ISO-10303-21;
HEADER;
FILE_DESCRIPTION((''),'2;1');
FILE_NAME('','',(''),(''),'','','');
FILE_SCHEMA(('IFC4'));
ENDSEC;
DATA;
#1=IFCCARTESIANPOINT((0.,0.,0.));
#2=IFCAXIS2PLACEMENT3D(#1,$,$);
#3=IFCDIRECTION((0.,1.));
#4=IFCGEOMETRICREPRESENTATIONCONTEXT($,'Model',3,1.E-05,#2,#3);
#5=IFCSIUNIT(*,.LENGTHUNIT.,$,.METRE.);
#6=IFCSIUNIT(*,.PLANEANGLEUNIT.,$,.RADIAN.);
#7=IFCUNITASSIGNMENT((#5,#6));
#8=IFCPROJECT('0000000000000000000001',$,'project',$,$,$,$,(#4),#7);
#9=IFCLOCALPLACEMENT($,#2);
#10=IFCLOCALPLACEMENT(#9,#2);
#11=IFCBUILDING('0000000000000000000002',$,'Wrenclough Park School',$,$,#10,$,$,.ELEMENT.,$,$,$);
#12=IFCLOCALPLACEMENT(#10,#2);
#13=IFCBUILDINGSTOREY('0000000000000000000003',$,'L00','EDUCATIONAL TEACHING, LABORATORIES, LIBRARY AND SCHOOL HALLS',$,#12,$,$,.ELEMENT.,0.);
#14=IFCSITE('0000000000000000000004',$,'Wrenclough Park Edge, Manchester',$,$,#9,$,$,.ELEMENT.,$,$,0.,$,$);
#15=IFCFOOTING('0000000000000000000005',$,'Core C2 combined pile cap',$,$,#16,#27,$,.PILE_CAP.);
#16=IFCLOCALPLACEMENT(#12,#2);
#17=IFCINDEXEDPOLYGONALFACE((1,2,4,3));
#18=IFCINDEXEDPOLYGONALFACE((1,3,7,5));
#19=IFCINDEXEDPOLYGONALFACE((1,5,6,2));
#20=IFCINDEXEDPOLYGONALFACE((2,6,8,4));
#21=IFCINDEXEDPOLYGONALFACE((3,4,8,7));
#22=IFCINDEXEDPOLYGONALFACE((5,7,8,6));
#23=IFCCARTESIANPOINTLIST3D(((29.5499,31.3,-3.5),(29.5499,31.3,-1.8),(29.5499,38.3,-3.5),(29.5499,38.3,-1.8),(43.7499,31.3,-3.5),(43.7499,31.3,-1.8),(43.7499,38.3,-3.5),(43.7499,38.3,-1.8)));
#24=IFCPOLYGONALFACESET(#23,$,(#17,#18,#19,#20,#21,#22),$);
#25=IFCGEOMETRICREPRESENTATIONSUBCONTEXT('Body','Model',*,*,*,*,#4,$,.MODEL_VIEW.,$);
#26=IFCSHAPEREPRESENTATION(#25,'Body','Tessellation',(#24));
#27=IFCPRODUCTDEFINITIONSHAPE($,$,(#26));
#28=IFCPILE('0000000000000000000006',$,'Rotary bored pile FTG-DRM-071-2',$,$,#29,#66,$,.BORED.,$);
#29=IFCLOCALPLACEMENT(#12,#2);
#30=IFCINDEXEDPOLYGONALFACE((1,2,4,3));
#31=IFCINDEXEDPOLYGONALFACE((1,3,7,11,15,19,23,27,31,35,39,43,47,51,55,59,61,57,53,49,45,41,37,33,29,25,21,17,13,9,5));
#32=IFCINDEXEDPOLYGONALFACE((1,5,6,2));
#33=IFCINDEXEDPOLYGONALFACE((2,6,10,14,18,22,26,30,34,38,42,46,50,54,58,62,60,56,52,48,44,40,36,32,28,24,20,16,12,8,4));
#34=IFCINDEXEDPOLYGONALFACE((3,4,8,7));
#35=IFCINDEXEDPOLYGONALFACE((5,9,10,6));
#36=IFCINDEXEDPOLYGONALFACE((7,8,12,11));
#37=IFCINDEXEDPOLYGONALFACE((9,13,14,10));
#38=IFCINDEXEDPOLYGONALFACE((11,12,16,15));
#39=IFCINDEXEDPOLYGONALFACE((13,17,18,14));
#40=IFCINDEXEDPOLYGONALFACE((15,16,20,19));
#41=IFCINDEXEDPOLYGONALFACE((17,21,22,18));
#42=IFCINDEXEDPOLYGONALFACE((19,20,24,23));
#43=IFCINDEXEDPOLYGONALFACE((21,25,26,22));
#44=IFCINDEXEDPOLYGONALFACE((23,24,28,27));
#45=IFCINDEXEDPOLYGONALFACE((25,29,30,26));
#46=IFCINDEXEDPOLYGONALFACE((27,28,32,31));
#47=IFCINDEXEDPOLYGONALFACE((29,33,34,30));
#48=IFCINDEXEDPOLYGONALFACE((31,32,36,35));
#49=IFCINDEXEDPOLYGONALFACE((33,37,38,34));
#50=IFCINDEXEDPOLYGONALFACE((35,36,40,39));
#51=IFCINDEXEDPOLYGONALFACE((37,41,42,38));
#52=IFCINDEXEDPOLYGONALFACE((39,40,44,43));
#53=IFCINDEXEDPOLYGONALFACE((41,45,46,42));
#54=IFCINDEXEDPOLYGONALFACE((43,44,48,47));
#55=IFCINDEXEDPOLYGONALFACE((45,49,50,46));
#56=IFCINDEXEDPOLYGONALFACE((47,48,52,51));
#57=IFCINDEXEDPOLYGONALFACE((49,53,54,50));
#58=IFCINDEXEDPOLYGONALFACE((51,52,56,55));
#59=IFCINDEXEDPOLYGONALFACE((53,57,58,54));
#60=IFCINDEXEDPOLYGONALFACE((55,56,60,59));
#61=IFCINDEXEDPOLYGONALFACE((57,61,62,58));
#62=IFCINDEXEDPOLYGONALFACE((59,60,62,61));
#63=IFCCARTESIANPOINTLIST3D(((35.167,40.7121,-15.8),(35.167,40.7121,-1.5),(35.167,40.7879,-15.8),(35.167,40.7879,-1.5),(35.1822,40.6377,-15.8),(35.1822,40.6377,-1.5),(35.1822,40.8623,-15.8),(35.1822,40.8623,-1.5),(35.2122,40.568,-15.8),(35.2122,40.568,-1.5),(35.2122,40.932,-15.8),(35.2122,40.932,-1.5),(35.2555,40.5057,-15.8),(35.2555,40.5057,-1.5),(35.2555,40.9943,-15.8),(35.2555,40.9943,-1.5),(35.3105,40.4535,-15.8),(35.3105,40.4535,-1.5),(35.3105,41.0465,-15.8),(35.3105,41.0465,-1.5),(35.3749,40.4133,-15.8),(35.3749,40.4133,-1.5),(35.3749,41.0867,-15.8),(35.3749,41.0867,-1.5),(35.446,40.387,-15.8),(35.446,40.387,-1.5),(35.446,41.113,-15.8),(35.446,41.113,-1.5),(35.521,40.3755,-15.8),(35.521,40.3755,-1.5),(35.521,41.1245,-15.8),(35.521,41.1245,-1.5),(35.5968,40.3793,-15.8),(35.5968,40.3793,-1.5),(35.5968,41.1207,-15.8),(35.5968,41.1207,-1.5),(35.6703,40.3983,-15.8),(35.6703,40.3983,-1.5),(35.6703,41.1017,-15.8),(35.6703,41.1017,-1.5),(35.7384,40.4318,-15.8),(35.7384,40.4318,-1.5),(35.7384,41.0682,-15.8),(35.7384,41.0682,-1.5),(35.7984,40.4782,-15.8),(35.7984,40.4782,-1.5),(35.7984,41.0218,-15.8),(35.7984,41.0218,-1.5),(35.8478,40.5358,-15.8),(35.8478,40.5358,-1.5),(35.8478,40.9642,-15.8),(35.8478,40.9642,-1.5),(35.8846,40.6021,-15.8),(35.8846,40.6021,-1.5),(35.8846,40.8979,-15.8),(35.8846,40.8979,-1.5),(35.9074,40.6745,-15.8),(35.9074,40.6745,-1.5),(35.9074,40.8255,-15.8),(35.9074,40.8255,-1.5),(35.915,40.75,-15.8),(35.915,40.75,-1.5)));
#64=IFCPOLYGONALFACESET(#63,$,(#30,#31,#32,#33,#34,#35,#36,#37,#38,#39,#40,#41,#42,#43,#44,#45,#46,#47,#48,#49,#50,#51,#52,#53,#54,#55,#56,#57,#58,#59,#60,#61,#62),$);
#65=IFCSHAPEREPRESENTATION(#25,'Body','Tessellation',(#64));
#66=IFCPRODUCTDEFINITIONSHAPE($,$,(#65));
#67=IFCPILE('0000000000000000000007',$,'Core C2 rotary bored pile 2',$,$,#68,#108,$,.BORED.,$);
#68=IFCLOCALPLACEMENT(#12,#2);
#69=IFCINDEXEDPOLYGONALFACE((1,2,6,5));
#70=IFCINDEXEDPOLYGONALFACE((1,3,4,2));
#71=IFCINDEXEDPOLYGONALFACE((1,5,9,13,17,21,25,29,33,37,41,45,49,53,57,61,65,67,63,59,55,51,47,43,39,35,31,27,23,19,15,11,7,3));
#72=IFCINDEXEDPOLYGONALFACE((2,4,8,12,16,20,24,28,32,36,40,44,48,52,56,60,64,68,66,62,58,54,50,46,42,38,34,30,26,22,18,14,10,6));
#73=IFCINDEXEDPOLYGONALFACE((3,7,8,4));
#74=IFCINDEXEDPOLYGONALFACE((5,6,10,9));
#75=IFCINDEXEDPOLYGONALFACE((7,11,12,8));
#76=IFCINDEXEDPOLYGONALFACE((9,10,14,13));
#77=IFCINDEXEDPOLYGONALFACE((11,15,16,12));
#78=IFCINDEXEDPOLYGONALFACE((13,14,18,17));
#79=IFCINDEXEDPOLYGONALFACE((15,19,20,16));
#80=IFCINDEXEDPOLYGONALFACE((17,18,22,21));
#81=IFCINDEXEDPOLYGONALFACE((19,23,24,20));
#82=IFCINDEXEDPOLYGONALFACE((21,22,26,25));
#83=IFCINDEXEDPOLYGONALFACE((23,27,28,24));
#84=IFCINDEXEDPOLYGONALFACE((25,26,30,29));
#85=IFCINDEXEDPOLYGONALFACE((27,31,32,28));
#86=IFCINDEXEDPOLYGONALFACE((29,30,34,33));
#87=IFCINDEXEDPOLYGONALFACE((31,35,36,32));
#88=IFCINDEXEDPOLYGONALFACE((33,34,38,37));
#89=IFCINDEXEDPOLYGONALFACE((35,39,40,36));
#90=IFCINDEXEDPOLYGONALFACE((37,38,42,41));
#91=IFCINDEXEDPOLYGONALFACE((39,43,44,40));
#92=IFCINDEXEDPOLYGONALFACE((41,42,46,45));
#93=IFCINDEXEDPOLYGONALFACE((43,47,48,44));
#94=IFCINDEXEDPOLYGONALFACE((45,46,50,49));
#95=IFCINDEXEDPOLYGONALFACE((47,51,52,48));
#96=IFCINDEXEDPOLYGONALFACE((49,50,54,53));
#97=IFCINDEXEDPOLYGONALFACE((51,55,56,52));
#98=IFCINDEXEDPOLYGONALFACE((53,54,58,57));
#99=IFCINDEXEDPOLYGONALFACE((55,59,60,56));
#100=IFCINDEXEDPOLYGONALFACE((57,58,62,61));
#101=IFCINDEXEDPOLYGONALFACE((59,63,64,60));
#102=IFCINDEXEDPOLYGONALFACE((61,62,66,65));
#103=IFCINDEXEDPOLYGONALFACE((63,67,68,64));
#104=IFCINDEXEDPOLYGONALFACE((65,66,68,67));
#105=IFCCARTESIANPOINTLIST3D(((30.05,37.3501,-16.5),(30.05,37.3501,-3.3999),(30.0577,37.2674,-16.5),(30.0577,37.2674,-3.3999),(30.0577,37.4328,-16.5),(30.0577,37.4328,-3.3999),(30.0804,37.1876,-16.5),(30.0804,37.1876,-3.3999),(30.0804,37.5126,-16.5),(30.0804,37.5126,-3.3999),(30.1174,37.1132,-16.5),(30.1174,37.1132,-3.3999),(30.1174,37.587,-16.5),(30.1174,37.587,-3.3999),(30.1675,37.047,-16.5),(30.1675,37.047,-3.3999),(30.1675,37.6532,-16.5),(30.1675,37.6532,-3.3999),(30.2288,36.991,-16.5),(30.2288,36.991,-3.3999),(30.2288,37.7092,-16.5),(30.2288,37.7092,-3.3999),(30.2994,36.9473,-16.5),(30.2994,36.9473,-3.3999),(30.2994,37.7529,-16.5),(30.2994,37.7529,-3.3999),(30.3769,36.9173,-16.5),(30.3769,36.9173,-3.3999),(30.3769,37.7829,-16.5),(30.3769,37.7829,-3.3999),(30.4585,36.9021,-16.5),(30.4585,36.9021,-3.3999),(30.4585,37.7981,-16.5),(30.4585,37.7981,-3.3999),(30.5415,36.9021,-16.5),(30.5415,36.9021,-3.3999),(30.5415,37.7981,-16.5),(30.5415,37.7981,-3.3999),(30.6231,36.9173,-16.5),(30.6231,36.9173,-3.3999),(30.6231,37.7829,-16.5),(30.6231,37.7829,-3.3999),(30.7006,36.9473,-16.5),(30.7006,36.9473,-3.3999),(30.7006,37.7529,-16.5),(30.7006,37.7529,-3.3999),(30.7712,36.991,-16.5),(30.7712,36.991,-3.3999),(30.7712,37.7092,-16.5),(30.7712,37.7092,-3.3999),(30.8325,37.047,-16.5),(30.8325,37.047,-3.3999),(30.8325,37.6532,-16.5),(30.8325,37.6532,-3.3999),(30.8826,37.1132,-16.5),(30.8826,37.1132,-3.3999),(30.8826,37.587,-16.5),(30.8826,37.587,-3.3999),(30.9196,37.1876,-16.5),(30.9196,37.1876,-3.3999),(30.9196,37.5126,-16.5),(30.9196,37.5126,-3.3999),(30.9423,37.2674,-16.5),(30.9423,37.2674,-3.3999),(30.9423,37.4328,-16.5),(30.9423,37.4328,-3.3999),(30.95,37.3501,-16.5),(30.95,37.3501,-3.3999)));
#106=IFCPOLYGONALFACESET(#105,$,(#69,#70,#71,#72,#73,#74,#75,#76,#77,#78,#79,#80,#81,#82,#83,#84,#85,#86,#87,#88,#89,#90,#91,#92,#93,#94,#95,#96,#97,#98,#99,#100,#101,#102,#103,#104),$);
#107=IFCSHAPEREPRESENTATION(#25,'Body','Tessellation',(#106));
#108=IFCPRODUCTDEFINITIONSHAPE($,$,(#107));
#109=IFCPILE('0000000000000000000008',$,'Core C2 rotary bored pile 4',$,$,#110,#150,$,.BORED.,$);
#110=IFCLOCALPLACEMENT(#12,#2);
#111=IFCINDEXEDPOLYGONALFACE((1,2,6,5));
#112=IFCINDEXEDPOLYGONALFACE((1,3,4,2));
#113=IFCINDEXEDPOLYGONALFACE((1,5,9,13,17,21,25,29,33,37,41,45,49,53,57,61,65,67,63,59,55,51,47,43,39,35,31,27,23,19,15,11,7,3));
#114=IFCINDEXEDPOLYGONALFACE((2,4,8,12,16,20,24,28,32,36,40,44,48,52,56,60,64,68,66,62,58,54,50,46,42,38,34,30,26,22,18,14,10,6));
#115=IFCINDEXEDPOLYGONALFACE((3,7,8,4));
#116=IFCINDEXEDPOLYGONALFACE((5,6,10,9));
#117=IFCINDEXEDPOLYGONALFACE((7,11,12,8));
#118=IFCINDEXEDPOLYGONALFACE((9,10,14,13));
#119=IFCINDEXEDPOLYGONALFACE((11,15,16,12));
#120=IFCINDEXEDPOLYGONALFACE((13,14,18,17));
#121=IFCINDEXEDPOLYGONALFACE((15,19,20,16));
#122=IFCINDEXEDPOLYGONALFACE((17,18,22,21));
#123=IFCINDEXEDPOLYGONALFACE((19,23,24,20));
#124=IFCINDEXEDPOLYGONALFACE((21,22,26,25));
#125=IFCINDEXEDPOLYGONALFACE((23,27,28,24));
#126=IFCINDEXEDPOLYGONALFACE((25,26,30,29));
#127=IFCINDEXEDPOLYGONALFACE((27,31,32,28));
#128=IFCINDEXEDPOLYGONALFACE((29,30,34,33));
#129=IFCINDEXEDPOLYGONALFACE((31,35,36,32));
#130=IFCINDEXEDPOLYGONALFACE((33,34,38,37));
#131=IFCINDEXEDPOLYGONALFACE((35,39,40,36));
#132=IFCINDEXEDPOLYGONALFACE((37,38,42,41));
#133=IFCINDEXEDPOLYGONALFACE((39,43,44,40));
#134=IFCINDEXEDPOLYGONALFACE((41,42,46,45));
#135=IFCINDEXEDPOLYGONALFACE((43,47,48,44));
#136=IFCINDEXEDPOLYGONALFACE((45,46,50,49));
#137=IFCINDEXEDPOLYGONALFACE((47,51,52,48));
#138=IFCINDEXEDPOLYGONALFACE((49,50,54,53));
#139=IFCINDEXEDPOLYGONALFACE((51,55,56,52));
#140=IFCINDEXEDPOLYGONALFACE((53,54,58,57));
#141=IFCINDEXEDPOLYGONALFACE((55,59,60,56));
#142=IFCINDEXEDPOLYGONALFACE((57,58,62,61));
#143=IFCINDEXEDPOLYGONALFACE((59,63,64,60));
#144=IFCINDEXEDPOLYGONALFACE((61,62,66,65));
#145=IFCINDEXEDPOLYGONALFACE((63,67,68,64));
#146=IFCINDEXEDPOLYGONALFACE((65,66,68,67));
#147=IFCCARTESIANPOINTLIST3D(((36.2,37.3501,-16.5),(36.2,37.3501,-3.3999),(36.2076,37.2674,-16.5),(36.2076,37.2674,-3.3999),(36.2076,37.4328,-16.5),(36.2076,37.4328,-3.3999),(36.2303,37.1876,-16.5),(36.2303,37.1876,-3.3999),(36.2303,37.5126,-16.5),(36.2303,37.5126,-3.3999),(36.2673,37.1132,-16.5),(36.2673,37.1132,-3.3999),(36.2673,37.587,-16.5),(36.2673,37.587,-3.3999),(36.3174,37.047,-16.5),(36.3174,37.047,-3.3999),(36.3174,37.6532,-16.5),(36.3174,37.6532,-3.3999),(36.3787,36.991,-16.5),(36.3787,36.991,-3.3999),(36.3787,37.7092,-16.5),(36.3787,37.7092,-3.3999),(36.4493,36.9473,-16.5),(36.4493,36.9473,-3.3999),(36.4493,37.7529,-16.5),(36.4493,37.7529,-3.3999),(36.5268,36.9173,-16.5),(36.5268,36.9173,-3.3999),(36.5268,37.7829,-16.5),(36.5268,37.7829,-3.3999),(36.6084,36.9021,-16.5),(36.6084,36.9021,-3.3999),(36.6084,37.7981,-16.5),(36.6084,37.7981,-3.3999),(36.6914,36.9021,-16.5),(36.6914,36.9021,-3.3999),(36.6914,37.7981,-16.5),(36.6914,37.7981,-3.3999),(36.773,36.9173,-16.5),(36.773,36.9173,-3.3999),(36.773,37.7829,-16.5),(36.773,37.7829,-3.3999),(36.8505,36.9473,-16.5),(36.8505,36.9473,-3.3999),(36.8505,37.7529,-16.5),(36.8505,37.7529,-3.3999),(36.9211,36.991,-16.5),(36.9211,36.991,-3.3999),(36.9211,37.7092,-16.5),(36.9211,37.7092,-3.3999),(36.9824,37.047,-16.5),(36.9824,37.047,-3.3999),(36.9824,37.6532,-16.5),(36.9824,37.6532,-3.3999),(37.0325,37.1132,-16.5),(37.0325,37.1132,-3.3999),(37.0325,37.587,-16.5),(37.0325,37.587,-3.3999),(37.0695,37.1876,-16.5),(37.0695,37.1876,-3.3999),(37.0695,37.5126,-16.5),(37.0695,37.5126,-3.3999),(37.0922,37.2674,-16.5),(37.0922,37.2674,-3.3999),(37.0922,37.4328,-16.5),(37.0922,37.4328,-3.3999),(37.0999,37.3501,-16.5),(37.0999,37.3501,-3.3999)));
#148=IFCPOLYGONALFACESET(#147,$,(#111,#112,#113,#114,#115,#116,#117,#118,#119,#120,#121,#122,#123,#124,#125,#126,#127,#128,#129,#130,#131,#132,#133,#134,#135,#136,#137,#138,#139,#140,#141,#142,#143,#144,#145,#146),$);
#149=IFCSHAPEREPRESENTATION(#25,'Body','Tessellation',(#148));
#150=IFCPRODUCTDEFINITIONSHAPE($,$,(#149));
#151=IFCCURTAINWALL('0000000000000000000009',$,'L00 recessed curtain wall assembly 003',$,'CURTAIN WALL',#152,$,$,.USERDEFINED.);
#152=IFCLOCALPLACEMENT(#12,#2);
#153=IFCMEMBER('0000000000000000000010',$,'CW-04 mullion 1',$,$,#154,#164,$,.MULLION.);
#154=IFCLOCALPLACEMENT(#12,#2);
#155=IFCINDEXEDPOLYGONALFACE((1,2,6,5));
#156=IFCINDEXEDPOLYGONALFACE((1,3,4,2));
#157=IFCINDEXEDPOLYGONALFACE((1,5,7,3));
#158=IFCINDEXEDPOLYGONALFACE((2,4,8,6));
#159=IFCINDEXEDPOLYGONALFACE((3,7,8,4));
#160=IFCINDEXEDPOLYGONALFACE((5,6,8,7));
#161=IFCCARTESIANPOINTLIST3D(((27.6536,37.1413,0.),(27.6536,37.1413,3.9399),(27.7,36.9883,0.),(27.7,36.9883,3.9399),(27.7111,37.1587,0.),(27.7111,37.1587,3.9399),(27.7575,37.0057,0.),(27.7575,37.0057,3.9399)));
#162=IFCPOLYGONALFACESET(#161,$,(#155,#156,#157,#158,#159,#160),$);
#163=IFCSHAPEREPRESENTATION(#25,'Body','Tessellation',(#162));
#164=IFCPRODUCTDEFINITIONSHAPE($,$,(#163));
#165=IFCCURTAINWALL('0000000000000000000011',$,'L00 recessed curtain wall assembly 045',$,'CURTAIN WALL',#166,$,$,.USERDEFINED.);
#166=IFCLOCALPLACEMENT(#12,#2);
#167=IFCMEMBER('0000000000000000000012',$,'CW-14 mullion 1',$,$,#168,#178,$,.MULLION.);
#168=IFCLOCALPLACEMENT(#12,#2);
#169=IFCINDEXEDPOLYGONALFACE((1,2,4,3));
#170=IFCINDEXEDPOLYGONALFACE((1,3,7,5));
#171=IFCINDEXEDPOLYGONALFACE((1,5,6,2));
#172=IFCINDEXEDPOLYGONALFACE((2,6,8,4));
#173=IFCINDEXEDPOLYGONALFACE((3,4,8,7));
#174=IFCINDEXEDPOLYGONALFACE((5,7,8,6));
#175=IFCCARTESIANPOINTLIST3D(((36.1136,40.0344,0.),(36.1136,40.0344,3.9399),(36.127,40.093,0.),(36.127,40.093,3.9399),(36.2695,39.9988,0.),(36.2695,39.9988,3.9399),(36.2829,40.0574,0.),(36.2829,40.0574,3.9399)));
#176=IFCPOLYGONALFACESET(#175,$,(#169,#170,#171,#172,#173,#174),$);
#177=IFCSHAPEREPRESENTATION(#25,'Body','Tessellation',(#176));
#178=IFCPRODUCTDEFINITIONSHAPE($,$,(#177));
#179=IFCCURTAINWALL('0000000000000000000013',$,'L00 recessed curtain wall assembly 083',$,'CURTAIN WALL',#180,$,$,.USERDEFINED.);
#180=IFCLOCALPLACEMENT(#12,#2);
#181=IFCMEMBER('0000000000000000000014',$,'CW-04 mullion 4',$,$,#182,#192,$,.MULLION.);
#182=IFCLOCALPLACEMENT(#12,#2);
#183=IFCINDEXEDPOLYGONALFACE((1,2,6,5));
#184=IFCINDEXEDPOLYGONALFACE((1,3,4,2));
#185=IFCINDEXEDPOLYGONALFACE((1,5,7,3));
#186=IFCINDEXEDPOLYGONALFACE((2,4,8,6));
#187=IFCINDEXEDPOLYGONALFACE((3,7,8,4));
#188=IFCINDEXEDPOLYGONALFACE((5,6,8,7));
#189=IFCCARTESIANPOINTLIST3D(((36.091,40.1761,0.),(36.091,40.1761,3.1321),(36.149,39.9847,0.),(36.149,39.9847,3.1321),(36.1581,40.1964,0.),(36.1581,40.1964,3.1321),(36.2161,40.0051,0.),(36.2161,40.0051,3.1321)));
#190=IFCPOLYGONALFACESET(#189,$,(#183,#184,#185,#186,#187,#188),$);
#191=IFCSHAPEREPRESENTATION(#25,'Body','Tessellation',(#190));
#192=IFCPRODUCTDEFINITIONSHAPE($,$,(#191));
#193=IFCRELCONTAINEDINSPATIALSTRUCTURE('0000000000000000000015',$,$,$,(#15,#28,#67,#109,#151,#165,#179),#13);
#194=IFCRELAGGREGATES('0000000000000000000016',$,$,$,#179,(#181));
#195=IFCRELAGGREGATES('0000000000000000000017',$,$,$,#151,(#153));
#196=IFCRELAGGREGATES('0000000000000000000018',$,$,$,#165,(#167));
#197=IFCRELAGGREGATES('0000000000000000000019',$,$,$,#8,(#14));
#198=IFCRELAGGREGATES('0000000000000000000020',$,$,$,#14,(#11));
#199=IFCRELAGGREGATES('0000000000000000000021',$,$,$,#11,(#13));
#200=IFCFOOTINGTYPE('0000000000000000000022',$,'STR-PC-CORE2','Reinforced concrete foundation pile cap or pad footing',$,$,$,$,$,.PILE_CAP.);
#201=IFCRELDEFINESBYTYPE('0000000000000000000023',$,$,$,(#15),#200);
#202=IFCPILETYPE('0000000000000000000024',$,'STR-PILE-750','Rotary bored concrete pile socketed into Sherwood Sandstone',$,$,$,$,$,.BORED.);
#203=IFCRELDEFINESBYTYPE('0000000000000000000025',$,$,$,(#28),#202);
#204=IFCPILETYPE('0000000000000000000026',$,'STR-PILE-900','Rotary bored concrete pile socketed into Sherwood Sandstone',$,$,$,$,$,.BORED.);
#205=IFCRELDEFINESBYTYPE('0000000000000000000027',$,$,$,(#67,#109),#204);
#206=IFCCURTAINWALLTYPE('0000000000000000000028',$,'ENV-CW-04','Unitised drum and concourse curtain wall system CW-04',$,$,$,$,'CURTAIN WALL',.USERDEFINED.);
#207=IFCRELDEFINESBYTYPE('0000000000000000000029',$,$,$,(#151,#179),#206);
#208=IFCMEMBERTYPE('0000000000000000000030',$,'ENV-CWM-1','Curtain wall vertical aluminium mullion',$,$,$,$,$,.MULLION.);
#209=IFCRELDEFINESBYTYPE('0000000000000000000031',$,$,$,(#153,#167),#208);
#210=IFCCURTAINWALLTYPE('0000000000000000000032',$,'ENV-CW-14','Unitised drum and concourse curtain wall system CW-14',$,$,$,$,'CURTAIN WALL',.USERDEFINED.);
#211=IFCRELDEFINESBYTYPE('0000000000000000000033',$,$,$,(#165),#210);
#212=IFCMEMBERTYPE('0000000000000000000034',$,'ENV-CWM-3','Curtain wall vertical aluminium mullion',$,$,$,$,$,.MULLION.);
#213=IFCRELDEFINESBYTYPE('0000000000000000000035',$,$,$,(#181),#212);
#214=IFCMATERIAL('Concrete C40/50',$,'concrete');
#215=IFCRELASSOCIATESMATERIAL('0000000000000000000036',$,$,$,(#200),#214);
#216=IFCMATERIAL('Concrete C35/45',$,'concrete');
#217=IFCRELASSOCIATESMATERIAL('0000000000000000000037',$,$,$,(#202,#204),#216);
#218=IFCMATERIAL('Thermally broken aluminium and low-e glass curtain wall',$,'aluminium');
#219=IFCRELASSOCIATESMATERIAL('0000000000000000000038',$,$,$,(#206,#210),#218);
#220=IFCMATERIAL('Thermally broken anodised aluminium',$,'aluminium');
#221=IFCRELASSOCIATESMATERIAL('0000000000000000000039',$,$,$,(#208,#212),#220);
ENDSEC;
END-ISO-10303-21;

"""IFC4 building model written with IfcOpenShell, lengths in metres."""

from ifc_helpers import new_model, si_unit, direction, frame, origin, origin_2d, place, context, subcontext, project, spatial, rectangle, circle, extrude, material, material_profile, profile_set, type_object, element, aggregate, save


model = new_model("IFC4")

# Units and contexts
model_context = context("Model", 3, precision=1e-05, world=origin(), true_north=direction((0.0, 1.0)))
body_context = subcontext(model_context, "Body", "Model", "MODEL_VIEW")
ifc_project = project(units=[si_unit("LENGTHUNIT", "METRE"), si_unit("PLANEANGLEUNIT", "RADIAN")], contexts=[model_context])

# Site, building, storey
site_placement = place(None, origin())
site = spatial("IfcSite", under=ifc_project, at=site_placement, Name="Wrenclough Park Edge, Manchester", CompositionType="ELEMENT", RefElevation=0.0)
building_placement = place(site_placement, origin())
building = spatial("IfcBuilding", under=site, at=building_placement, Name="Wrenclough Park School", CompositionType="ELEMENT")
storey_placement = place(building_placement, origin())
storey = spatial("IfcBuildingStorey", under=building, at=storey_placement, Name="L00", Description="EDUCATIONAL TEACHING, LABORATORIES, LIBRARY AND SCHOOL HALLS", CompositionType="ELEMENT", Elevation=0.0)

# Footing
ifc_material_1 = material(Name="Concrete C40/50", Category="concrete")
footing_type = type_object("IfcFootingType", Name="STR-PC-CORE2", Description="Reinforced concrete foundation pile cap or pad footing", PredefinedType="PILE_CAP", material=ifc_material_1)
footing_placement = place(storey_placement, frame((36.6499, 34.8, -3.5), z_axis=(0.0, 0.0, 1.0), x_axis=(1.0, 0.0, 0.0)))
element("IfcFooting", 1, at=footing_placement, inside=storey, type_object=footing_type, Name="Core C2 combined pile cap", PredefinedType="PILE_CAP", context=body_context, shape_type="SweptSolid", body=[
    extrude(rectangle(XDim=14.2, YDim=7.0, at=origin_2d()), origin(), (0.0, 0.0, 1.0), 1.7),
])

# Piles
ifc_material_2 = material(Name="Concrete C35/45", Category="concrete")
ifc_material_profile_1 = material_profile(ifc_material_2, circle(Radius=0.375, at=origin_2d()), Name="BORED PILE D750")
ifc_profile_set_1 = profile_set([ifc_material_profile_1], Name="Concrete C35/45")
pile_type_1 = type_object("IfcPileType", Name="STR-PILE-750", Description="Rotary bored concrete pile socketed into Sherwood Sandstone", PredefinedType="BORED", material=ifc_profile_set_1)
pile_placement = place(storey_placement, frame((35.54, 40.75, -1.5), z_axis=(0.0, 0.0, -1.0), x_axis=(1.0, 0.0, 0.0)))
element("IfcPile", 2, at=pile_placement, inside=storey, type_object=pile_type_1, Name="Rotary bored pile FTG-DRM-071-2", PredefinedType="BORED", context=body_context, shape_type="SweptSolid", body=[
    extrude(circle(Radius=0.375, at=origin_2d()), origin(), (0.0, 0.0, 1.0), 14.3),
])
ifc_material_profile_2 = material_profile(ifc_material_2, circle(Radius=0.45, at=origin_2d()), Name="BORED PILE D900")
ifc_profile_set_2 = profile_set([ifc_material_profile_2], Name="Concrete C35/45")
pile_type_2 = type_object("IfcPileType", Name="STR-PILE-900", Description="Rotary bored concrete pile socketed into Sherwood Sandstone", PredefinedType="BORED", material=ifc_profile_set_2)
for number, where, z_axis, x_axis, name in (
    (3, (30.5, 37.3501, -3.3999), (0.0, 0.0, -1.0), (1.0, 0.0, 0.0), "Core C2 rotary bored pile 2"),
    (4, (36.6499, 37.3501, -3.3999), (0.0, 0.0, -1.0), (1.0, 0.0, 0.0), "Core C2 rotary bored pile 4"),
):
    element("IfcPile", number, at=place(storey_placement, frame(where, z_axis=z_axis, x_axis=x_axis)), inside=storey, type_object=pile_type_2, Name=name, PredefinedType="BORED", context=body_context, shape_type="SweptSolid", body=[
        extrude(circle(Radius=0.45, at=origin_2d()), origin(), (0.0, 0.0, 1.0), 13.1001),
    ])

# Curtain walls, members
ifc_material_3 = material(Name="Thermally broken aluminium and low-e glass curtain wall", Category="aluminium")
curtain_wall_type_1 = type_object("IfcCurtainWallType", Name="ENV-CW-04", Description="Unitised drum and concourse curtain wall system CW-04", ElementType="CURTAIN WALL", PredefinedType="USERDEFINED", material=ifc_material_3)
curtain_wall_1_placement = place(storey_placement, origin())
curtain_wall_1 = element("IfcCurtainWall", 5, at=curtain_wall_1_placement, inside=storey, type_object=curtain_wall_type_1, Name="L00 recessed curtain wall assembly 003", ObjectType="CURTAIN WALL", PredefinedType="USERDEFINED")
ifc_material_4 = material(Name="Thermally broken anodised aluminium", Category="aluminium")
ifc_material_profile_3 = material_profile(ifc_material_4, rectangle(XDim=0.0601, YDim=0.1599, at=origin_2d()), Name="AL MULLION 60x160")
ifc_profile_set_3 = profile_set([ifc_material_profile_3], Name="Thermally broken anodised aluminium")
member_type_1 = type_object("IfcMemberType", Name="ENV-CWM-1", Description="Curtain wall vertical aluminium mullion", PredefinedType="MULLION", material=ifc_profile_set_3)
member_1_placement = place(storey_placement, frame((27.7056, 37.0735, 0.0), z_axis=(0.0, 0.0, 1.0), x_axis=(-0.95703, -0.289988, 0.0)))
member_1 = element("IfcMember", 6, at=member_1_placement, type_object=member_type_1, Name="CW-04 mullion 1", PredefinedType="MULLION", context=body_context, shape_type="SweptSolid", body=[
    extrude(rectangle(XDim=0.0601, YDim=0.1599, at=origin_2d()), origin(), (0.0, 0.0, 1.0), 3.9399),
])
curtain_wall_type_2 = type_object("IfcCurtainWallType", Name="ENV-CW-14", Description="Unitised drum and concourse curtain wall system CW-14", ElementType="CURTAIN WALL", PredefinedType="USERDEFINED", material=ifc_material_3)
curtain_wall_2_placement = place(storey_placement, origin())
curtain_wall_2 = element("IfcCurtainWall", 7, at=curtain_wall_2_placement, inside=storey, type_object=curtain_wall_type_2, Name="L00 recessed curtain wall assembly 045", ObjectType="CURTAIN WALL", PredefinedType="USERDEFINED")
member_2_placement = place(storey_placement, frame((36.1982, 40.0459, 0.0), z_axis=(0.0, 0.0, 1.0), x_axis=(0.222516, 0.974929, 0.0)))
member_2 = element("IfcMember", 8, at=member_2_placement, type_object=member_type_1, Name="CW-14 mullion 1", PredefinedType="MULLION", context=body_context, shape_type="SweptSolid", body=[
    extrude(rectangle(XDim=0.0601, YDim=0.1599, at=origin_2d()), origin(), (0.0, 0.0, 1.0), 3.9399),
])
curtain_wall_3_placement = place(storey_placement, origin())
curtain_wall_3 = element("IfcCurtainWall", 9, at=curtain_wall_3_placement, inside=storey, type_object=curtain_wall_type_1, Name="L00 recessed curtain wall assembly 083", ObjectType="CURTAIN WALL", PredefinedType="USERDEFINED")
ifc_material_profile_4 = material_profile(ifc_material_4, rectangle(XDim=0.0701, YDim=0.2, at=origin_2d()), Name="AL MULLION 70x200")
ifc_profile_set_4 = profile_set([ifc_material_profile_4], Name="Thermally broken anodised aluminium")
member_type_2 = type_object("IfcMemberType", Name="ENV-CWM-3", Description="Curtain wall vertical aluminium mullion", PredefinedType="MULLION", material=ifc_profile_set_4)
member_3_placement = place(storey_placement, frame((36.1536, 40.0906, 0.0), z_axis=(0.0, 0.0, 1.0), x_axis=(0.95703, 0.289989, 0.0)))
member_3 = element("IfcMember", 10, at=member_3_placement, type_object=member_type_2, Name="CW-04 mullion 4", PredefinedType="MULLION", context=body_context, shape_type="SweptSolid", body=[
    extrude(rectangle(XDim=0.0701, YDim=0.2, at=origin_2d()), origin(), (0.0, 0.0, 1.0), 3.1321),
])
aggregate(curtain_wall_3, [member_3])

aggregate(curtain_wall_1, [member_1])

aggregate(curtain_wall_2, [member_2])

save(model, "model.ifc")
